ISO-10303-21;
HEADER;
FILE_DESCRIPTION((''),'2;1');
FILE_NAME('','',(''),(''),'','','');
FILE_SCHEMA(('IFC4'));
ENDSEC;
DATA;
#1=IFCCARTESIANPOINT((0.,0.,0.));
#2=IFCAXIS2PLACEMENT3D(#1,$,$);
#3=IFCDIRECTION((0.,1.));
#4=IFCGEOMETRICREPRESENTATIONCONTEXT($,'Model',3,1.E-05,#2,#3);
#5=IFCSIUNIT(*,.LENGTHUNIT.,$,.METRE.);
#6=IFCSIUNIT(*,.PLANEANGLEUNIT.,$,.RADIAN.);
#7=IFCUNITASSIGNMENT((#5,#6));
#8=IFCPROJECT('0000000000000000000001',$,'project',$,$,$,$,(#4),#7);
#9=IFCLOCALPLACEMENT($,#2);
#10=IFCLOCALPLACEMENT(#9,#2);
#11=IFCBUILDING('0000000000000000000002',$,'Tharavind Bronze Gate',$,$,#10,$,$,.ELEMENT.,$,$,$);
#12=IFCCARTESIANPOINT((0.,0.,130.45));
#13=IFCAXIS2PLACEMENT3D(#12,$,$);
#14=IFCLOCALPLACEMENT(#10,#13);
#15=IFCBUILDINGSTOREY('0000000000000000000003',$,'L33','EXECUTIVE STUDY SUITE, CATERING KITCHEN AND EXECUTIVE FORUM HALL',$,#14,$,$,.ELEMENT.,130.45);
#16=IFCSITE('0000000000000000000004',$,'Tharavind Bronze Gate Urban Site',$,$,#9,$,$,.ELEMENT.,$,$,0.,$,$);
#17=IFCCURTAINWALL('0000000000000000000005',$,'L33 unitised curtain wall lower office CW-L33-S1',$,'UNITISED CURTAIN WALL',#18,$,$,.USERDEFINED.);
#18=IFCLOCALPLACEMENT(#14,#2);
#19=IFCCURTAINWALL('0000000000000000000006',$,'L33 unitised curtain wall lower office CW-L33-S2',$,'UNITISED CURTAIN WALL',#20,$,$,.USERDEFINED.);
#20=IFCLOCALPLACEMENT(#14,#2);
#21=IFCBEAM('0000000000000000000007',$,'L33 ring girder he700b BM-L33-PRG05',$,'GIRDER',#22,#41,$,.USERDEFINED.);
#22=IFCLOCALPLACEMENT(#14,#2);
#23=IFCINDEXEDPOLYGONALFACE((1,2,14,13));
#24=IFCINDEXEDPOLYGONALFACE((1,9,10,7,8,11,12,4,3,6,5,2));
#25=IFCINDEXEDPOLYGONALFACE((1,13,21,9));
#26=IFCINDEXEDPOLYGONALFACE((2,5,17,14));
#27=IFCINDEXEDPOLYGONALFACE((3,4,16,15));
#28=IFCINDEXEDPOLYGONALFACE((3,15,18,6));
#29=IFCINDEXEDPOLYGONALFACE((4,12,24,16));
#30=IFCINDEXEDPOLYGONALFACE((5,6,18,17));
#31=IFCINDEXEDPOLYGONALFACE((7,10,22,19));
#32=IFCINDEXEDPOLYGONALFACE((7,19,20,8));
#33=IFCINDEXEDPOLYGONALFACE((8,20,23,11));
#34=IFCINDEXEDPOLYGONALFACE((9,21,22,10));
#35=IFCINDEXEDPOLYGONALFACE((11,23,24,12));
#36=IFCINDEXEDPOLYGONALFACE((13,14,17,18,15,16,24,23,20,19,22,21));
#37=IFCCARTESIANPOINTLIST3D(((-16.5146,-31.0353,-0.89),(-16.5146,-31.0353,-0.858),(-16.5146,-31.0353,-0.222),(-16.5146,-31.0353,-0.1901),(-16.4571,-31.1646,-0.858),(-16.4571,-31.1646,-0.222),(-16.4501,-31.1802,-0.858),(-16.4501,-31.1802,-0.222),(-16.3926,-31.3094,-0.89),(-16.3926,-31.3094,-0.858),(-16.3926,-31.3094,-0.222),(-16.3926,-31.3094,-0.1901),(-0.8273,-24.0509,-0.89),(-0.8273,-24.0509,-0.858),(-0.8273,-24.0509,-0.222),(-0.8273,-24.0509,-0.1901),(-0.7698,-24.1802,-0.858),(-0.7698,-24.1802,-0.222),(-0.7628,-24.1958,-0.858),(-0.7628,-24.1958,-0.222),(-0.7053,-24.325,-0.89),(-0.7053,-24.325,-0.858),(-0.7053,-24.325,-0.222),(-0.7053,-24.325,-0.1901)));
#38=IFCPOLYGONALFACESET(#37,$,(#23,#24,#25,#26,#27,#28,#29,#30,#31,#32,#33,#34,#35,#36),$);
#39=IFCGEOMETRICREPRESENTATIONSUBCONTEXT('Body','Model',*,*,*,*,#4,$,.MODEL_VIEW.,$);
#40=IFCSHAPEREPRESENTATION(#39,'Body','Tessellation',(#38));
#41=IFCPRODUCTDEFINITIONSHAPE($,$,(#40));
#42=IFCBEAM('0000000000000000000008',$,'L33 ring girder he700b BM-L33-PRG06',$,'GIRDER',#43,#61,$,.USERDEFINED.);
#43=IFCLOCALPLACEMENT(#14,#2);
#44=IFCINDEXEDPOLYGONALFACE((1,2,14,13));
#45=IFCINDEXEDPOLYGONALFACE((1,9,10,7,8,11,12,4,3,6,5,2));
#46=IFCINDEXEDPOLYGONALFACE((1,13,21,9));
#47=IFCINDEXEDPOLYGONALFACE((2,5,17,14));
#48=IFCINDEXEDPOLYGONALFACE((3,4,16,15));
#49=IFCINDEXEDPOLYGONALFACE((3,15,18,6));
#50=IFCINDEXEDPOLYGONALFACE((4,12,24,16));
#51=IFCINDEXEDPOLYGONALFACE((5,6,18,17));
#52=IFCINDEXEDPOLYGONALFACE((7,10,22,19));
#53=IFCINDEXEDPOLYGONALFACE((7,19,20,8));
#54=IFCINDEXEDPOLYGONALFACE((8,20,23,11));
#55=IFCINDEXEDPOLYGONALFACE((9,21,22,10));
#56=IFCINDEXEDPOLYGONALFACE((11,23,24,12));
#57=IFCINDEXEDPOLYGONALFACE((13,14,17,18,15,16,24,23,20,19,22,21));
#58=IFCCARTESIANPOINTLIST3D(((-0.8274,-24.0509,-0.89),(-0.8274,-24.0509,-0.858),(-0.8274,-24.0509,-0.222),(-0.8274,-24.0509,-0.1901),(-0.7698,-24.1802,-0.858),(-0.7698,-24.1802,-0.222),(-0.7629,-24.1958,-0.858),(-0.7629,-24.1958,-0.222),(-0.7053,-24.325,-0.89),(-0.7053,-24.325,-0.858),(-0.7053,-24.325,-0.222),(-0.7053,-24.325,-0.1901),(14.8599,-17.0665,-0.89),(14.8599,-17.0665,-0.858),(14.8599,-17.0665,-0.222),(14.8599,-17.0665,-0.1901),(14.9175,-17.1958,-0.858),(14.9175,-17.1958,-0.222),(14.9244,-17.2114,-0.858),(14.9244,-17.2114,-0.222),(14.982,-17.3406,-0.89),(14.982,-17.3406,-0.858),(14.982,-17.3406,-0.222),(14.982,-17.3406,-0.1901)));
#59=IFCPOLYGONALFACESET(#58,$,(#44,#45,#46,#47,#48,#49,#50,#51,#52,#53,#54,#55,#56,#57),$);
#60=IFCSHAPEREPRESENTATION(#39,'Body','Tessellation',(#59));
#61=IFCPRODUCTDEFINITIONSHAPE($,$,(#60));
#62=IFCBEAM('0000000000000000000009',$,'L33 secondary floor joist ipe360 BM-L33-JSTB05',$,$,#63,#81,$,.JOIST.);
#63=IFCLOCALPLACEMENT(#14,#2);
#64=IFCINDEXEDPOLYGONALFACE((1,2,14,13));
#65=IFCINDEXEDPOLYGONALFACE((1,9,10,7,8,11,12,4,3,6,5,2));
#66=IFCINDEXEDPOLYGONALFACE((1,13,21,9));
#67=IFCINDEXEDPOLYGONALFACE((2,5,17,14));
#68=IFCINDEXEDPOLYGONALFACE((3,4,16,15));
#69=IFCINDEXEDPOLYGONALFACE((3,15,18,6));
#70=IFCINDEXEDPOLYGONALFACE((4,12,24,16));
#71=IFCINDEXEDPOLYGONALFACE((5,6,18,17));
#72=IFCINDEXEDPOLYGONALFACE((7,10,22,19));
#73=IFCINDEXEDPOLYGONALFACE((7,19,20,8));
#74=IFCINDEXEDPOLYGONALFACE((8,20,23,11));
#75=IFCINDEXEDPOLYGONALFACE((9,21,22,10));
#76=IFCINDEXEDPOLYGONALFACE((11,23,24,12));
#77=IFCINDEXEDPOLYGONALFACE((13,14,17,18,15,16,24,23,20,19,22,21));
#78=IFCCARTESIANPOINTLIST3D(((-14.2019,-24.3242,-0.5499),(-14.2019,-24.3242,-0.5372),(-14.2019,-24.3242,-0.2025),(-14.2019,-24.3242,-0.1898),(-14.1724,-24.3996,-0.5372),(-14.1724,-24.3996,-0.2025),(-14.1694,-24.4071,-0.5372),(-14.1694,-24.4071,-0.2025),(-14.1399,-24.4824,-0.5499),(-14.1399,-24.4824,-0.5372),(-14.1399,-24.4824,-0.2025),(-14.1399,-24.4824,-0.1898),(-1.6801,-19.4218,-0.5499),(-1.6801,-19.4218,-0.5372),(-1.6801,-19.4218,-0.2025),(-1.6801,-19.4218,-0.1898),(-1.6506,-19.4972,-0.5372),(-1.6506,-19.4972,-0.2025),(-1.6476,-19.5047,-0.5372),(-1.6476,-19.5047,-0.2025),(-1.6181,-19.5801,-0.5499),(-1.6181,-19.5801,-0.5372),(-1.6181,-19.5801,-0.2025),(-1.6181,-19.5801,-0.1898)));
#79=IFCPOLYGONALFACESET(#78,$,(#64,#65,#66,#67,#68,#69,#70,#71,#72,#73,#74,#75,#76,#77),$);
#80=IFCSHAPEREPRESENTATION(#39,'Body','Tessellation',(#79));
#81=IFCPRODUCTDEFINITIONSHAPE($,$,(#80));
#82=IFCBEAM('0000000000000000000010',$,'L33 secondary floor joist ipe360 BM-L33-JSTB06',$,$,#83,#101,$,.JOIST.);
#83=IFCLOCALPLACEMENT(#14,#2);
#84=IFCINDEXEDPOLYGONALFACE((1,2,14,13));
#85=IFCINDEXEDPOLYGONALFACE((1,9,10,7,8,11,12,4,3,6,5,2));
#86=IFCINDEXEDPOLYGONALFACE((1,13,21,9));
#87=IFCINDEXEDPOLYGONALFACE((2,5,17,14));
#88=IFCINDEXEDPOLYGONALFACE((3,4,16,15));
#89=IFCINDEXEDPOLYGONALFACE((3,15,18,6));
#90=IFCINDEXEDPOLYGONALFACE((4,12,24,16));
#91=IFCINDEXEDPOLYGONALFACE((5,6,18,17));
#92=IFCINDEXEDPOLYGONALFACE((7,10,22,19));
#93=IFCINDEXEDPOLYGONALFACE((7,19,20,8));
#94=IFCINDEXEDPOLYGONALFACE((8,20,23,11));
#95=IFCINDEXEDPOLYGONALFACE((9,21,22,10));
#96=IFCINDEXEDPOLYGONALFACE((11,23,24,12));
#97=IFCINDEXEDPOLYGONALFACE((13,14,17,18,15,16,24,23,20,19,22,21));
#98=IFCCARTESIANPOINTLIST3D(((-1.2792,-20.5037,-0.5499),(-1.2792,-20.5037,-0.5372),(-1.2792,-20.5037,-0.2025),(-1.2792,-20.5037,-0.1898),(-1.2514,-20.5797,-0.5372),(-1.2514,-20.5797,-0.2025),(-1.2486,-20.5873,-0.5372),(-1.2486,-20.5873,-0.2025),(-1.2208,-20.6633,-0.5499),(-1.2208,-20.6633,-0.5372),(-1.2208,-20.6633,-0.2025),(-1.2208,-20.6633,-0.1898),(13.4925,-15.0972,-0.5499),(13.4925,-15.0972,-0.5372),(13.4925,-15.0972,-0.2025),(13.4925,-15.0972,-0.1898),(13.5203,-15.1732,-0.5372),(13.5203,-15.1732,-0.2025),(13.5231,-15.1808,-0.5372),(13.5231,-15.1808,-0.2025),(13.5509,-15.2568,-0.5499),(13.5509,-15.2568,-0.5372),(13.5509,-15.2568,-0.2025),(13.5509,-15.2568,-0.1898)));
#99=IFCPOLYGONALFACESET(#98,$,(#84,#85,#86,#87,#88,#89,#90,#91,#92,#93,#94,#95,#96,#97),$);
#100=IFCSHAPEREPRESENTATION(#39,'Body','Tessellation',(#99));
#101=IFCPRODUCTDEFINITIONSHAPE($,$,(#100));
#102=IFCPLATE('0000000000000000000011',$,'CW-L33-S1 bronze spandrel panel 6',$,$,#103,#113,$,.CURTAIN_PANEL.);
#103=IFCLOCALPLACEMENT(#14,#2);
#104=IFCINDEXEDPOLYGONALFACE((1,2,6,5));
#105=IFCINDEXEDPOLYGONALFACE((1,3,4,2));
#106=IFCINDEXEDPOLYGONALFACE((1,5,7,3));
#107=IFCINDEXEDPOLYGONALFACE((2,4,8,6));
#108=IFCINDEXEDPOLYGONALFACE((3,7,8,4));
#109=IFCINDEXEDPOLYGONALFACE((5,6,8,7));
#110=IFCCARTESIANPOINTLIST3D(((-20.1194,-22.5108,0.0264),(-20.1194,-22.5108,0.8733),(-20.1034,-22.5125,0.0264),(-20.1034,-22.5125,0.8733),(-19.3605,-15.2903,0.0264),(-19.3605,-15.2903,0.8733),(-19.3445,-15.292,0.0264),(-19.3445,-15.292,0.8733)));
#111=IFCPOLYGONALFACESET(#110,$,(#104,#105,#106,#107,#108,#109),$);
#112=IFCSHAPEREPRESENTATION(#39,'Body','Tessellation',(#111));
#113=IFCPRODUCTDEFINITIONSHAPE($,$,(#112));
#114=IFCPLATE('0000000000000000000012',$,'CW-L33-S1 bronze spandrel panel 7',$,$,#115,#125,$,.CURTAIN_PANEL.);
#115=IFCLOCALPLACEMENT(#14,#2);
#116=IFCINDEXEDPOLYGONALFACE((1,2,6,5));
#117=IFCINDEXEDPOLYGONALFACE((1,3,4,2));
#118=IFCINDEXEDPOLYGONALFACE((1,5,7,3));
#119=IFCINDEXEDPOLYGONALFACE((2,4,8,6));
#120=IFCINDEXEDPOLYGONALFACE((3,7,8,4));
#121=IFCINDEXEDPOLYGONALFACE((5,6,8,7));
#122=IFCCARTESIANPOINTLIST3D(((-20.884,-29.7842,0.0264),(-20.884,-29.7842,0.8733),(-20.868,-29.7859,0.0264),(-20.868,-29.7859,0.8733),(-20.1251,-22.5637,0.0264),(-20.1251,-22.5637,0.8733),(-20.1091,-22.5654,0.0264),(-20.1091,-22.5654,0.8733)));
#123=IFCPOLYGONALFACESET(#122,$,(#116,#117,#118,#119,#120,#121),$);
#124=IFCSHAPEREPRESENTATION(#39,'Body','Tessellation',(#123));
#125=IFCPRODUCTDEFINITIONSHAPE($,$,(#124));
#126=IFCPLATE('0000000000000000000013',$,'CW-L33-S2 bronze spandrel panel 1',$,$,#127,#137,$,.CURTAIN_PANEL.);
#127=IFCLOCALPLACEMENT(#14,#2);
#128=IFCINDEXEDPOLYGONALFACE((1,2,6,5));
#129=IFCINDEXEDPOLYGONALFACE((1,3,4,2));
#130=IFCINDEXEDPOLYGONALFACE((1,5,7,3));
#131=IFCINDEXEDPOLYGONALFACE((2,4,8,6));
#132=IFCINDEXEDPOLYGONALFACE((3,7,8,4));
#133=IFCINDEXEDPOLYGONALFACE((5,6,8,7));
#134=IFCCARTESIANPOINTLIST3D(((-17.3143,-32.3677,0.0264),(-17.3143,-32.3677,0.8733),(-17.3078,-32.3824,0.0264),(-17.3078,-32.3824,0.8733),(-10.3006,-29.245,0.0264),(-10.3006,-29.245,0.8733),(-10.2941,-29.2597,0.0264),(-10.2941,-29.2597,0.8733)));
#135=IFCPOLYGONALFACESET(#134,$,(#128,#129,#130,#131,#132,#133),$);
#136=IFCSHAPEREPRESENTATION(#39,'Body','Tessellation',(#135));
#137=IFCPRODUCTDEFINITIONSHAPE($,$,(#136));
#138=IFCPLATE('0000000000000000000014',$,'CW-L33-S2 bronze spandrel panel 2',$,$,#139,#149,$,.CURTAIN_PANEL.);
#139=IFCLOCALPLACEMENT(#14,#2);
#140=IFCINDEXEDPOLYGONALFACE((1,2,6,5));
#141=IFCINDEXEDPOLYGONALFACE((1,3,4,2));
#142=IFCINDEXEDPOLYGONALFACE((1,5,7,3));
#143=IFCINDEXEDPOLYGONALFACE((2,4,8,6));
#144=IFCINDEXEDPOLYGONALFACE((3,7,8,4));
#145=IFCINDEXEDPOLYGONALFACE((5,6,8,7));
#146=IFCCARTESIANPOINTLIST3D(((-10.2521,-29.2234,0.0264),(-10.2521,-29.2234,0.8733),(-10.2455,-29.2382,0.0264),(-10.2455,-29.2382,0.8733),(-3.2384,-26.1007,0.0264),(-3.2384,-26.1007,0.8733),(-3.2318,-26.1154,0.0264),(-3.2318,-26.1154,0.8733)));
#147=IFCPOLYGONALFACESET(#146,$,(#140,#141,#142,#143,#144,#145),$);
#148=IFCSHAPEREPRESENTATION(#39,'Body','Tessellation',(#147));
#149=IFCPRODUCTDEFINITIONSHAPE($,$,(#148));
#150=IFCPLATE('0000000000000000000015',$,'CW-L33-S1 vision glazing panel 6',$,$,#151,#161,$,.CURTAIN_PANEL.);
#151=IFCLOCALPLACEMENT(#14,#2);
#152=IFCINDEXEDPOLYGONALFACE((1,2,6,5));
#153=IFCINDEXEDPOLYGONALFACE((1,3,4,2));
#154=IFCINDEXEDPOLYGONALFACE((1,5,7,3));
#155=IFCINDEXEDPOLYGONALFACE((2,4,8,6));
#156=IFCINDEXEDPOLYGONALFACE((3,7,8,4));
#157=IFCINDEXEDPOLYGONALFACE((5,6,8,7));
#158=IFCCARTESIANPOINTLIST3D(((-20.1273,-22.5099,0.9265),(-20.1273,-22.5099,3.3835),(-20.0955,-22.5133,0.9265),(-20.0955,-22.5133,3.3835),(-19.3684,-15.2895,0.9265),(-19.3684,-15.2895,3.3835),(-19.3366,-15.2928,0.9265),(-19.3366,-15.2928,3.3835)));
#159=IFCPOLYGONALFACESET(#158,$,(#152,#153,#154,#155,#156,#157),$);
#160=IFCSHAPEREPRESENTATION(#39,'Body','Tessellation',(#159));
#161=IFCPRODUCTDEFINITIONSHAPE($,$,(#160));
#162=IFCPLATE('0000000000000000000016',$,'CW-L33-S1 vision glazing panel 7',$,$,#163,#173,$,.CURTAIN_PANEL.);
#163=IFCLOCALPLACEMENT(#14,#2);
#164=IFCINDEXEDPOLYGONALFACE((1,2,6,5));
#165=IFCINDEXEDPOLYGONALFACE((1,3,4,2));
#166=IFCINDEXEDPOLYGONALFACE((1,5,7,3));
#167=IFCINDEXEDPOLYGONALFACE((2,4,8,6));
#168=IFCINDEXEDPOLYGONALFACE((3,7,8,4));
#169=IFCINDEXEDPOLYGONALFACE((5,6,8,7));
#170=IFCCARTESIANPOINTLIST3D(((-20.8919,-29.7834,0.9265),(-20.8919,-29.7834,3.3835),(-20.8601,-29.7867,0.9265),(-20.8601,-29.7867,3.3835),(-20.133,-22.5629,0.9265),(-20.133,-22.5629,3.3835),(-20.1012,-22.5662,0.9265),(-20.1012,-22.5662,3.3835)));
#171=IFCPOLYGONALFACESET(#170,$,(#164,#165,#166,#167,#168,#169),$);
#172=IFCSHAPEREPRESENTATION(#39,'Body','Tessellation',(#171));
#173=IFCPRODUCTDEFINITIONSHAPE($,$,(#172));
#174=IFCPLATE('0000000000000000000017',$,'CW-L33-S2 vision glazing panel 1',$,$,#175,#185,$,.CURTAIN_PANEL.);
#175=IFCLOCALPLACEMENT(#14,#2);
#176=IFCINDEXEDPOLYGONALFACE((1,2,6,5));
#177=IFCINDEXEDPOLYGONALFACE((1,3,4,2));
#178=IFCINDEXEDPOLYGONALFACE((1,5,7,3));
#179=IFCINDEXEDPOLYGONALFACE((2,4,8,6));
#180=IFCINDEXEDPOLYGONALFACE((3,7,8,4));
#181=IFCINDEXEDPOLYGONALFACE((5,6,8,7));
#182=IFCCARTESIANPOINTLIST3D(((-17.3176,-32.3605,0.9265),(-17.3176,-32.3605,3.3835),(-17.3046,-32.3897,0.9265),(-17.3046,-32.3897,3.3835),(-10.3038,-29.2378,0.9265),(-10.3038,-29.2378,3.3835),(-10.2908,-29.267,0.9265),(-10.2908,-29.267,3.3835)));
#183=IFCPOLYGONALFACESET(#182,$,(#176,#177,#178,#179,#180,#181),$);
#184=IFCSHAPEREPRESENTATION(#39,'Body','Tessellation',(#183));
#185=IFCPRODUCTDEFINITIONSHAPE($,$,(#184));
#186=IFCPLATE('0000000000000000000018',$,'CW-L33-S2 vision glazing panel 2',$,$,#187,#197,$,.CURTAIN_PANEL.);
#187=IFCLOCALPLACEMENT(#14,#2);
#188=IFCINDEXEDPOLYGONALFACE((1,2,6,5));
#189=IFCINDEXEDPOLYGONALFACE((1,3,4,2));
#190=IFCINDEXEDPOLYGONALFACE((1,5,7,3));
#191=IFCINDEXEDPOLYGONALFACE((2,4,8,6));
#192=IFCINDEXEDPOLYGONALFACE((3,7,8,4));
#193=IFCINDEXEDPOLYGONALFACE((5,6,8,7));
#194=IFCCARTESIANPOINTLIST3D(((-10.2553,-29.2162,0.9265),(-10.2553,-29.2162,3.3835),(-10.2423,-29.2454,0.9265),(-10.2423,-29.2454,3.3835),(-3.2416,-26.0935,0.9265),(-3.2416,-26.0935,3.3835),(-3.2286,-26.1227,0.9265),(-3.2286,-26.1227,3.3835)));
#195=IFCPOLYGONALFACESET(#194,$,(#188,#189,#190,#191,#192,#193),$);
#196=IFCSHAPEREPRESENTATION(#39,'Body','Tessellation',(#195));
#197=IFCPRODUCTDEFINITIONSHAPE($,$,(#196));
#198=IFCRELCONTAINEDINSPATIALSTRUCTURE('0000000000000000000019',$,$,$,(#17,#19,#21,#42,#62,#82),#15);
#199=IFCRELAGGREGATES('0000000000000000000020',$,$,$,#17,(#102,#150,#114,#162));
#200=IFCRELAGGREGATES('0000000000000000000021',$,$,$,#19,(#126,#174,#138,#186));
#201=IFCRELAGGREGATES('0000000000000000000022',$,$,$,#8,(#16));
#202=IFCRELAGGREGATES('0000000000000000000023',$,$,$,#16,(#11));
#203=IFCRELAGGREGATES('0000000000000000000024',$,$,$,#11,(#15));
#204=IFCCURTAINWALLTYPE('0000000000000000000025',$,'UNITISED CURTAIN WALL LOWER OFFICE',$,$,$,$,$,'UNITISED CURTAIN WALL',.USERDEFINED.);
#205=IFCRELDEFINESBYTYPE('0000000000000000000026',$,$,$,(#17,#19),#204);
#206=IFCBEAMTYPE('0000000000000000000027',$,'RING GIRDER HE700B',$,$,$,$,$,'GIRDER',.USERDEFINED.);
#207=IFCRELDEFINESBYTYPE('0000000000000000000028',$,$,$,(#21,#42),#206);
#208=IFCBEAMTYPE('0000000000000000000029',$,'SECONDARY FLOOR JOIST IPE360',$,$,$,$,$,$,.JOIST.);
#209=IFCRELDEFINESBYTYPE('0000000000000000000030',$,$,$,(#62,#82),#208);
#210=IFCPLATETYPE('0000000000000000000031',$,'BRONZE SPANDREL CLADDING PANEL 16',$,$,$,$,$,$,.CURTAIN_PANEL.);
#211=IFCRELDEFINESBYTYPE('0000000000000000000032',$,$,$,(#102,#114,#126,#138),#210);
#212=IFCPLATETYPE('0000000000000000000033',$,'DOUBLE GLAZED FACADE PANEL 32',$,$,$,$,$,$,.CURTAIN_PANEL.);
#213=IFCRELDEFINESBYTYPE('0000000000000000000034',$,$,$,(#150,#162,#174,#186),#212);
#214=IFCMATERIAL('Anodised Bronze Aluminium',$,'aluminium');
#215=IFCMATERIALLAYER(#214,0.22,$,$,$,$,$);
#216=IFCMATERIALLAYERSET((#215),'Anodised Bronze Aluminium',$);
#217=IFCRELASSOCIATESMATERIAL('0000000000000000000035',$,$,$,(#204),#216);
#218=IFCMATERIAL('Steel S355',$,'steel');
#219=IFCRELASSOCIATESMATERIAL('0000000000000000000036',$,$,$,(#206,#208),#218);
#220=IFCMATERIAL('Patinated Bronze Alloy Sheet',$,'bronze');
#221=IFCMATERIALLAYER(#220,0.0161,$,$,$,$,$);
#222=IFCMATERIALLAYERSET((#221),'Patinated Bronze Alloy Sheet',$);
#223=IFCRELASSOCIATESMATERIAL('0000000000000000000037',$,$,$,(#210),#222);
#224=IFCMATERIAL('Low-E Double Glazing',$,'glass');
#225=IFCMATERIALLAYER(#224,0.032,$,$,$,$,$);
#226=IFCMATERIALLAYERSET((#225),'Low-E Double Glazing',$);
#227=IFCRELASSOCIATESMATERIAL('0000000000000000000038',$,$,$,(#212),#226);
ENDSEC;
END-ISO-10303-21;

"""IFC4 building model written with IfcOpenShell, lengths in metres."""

from ifc_helpers import new_model, si_unit, direction, frame, origin, origin_2d, place, context, subcontext, project, spatial, rectangle, i_section, extrude, material, layer, layer_set, material_profile, profile_set, type_object, element, aggregate, save


model = new_model("IFC4")

# Units and contexts
model_context = context("Model", 3, precision=1e-05, world=origin(), true_north=direction((0.0, 1.0)))
body_context = subcontext(model_context, "Body", "Model", "MODEL_VIEW")
ifc_project = project(units=[si_unit("LENGTHUNIT", "METRE"), si_unit("PLANEANGLEUNIT", "RADIAN")], contexts=[model_context])

# Site, building, storey
site_placement = place(None, origin())
site = spatial("IfcSite", under=ifc_project, at=site_placement, Name="Tharavind Bronze Gate Urban Site", CompositionType="ELEMENT", RefElevation=0.0)
building_placement = place(site_placement, origin())
building = spatial("IfcBuilding", under=site, at=building_placement, Name="Tharavind Bronze Gate", CompositionType="ELEMENT")
storey_placement = place(building_placement, frame((0.0, 0.0, 130.45)))
storey = spatial("IfcBuildingStorey", under=building, at=storey_placement, Name="L33", Description="EXECUTIVE STUDY SUITE, CATERING KITCHEN AND EXECUTIVE FORUM HALL", CompositionType="ELEMENT", Elevation=130.45)

# Curtain walls
ifc_material_1 = material(Name="Anodised Bronze Aluminium", Category="aluminium")
ifc_layer_1 = layer(ifc_material_1, 0.22)
ifc_layer_set_1 = layer_set([ifc_layer_1], Name="Anodised Bronze Aluminium")
curtain_wall_type = type_object("IfcCurtainWallType", Name="UNITISED CURTAIN WALL LOWER OFFICE", ElementType="UNITISED CURTAIN WALL", PredefinedType="USERDEFINED", material=ifc_layer_set_1)
curtain_wall_1_placement = place(storey_placement, origin())
curtain_wall_1 = element("IfcCurtainWall", 1, at=curtain_wall_1_placement, inside=storey, type_object=curtain_wall_type, Name="L33 unitised curtain wall lower office CW-L33-S1", ObjectType="UNITISED CURTAIN WALL", PredefinedType="USERDEFINED")
curtain_wall_2_placement = place(storey_placement, origin())
curtain_wall_2 = element("IfcCurtainWall", 2, at=curtain_wall_2_placement, inside=storey, type_object=curtain_wall_type, Name="L33 unitised curtain wall lower office CW-L33-S2", ObjectType="UNITISED CURTAIN WALL", PredefinedType="USERDEFINED")

# Beams
ifc_material_2 = material(Name="Steel S355", Category="steel")
ifc_material_profile_1 = material_profile(ifc_material_2, i_section(OverallWidth=0.3, OverallDepth=0.7, WebThickness=0.0171, FlangeThickness=0.032, at=origin_2d()), Name="HE700B")
ifc_profile_set_1 = profile_set([ifc_material_profile_1], Name="Steel S355")
beam_type_1 = type_object("IfcBeamType", Name="RING GIRDER HE700B", ElementType="GIRDER", PredefinedType="USERDEFINED", material=ifc_profile_set_1)
for number, where, z_axis, x_axis, name in (
    (3, (-16.4536, -31.1724, -0.54), (0.913546, 0.406735, 0.0), (-0.406735, 0.913546, 0.0), "L33 ring girder he700b BM-L33-PRG05"),
    (4, (-0.7664, -24.188, -0.54), (0.913546, 0.406735, 0.0), (-0.406735, 0.913546, 0.0), "L33 ring girder he700b BM-L33-PRG06"),
):
    element("IfcBeam", number, at=place(storey_placement, frame(where, z_axis=z_axis, x_axis=x_axis)), inside=storey, type_object=beam_type_1, Name=name, ObjectType="GIRDER", PredefinedType="USERDEFINED", context=body_context, shape_type="SweptSolid", body=[
        extrude(i_section(OverallWidth=0.3, OverallDepth=0.7, WebThickness=0.0171, FlangeThickness=0.032, at=origin_2d()), origin(), (0.0, 0.0, 1.0), 17.1719),
    ])
ifc_material_profile_2 = material_profile(ifc_material_2, i_section(OverallWidth=0.1699, OverallDepth=0.3601, WebThickness=0.0081, FlangeThickness=0.0127, at=origin_2d()), Name="IPE360")
ifc_profile_set_2 = profile_set([ifc_material_profile_2], Name="Steel S355")
beam_type_2 = type_object("IfcBeamType", Name="SECONDARY FLOOR JOIST IPE360", PredefinedType="JOIST", material=ifc_profile_set_2)
beam_1_placement = place(storey_placement, frame((-14.1709, -24.4033, -0.3699), z_axis=(0.931179, 0.364563, 0.0), x_axis=(-0.364563, 0.931179, 0.0)))
element("IfcBeam", 5, at=beam_1_placement, inside=storey, type_object=beam_type_2, Name="L33 secondary floor joist ipe360 BM-L33-JSTB05", PredefinedType="JOIST", context=body_context, shape_type="SweptSolid", body=[
    extrude(i_section(OverallWidth=0.1699, OverallDepth=0.3601, WebThickness=0.0081, FlangeThickness=0.0127, at=origin_2d()), origin(), (0.0, 0.0, 1.0), 13.4473),
])
beam_2_placement = place(storey_placement, frame((-1.25, -20.5835, -0.3699), z_axis=(0.939078, 0.343705, 0.0), x_axis=(-0.343705, 0.939078, 0.0)))
element("IfcBeam", 6, at=beam_2_placement, inside=storey, type_object=beam_type_2, Name="L33 secondary floor joist ipe360 BM-L33-JSTB06", PredefinedType="JOIST", context=body_context, shape_type="SweptSolid", body=[
    extrude(i_section(OverallWidth=0.1699, OverallDepth=0.3601, WebThickness=0.0081, FlangeThickness=0.0127, at=origin_2d()), origin(), (0.0, 0.0, 1.0), 15.73),
])

# Plates
ifc_material_3 = material(Name="Patinated Bronze Alloy Sheet", Category="bronze")
ifc_layer_2 = layer(ifc_material_3, 0.0161)
ifc_layer_set_2 = layer_set([ifc_layer_2], Name="Patinated Bronze Alloy Sheet")
plate_type_1 = type_object("IfcPlateType", Name="BRONZE SPANDREL CLADDING PANEL 16", PredefinedType="CURTAIN_PANEL", material=ifc_layer_set_2)
plate_1_placement = place(storey_placement, frame((-19.7319, -18.9014, 0.0264), z_axis=(0.0, 0.0, 1.0), x_axis=(-0.104527, -0.994522, 0.0)))
plate_1 = element("IfcPlate", 7, at=plate_1_placement, type_object=plate_type_1, Name="CW-L33-S1 bronze spandrel panel 6", PredefinedType="CURTAIN_PANEL", context=body_context, shape_type="SweptSolid", body=[
    extrude(rectangle(XDim=7.2603, YDim=0.0161, at=origin_2d()), origin(), (0.0, 0.0, 1.0), 0.8469),
])
plate_2_placement = place(storey_placement, frame((-20.4966, -26.1748, 0.0264), z_axis=(0.0, 0.0, 1.0), x_axis=(-0.104527, -0.994522, 0.0)))
plate_2 = element("IfcPlate", 8, at=plate_2_placement, type_object=plate_type_1, Name="CW-L33-S1 bronze spandrel panel 7", PredefinedType="CURTAIN_PANEL", context=body_context, shape_type="SweptSolid", body=[
    extrude(rectangle(XDim=7.2603, YDim=0.0161, at=origin_2d()), origin(), (0.0, 0.0, 1.0), 0.8469),
])
plate_3_placement = place(storey_placement, frame((-13.8042, -30.8137, 0.0264), z_axis=(0.0, 0.0, 1.0), x_axis=(0.913545, 0.406737, 0.0)))
plate_3 = element("IfcPlate", 9, at=plate_3_placement, type_object=plate_type_1, Name="CW-L33-S2 bronze spandrel panel 1", PredefinedType="CURTAIN_PANEL", context=body_context, shape_type="SweptSolid", body=[
    extrude(rectangle(XDim=7.6775, YDim=0.0161, at=origin_2d()), origin(), (0.0, 0.0, 1.0), 0.8469),
])
plate_4_placement = place(storey_placement, frame((-6.7419, -27.6694, 0.0264), z_axis=(0.0, 0.0, 1.0), x_axis=(0.913545, 0.406737, 0.0)))
plate_4 = element("IfcPlate", 10, at=plate_4_placement, type_object=plate_type_1, Name="CW-L33-S2 bronze spandrel panel 2", PredefinedType="CURTAIN_PANEL", context=body_context, shape_type="SweptSolid", body=[
    extrude(rectangle(XDim=7.6775, YDim=0.0161, at=origin_2d()), origin(), (0.0, 0.0, 1.0), 0.8469),
])
ifc_material_4 = material(Name="Low-E Double Glazing", Category="glass")
ifc_layer_3 = layer(ifc_material_4, 0.032)
ifc_layer_set_3 = layer_set([ifc_layer_3], Name="Low-E Double Glazing")
plate_type_2 = type_object("IfcPlateType", Name="DOUBLE GLAZED FACADE PANEL 32", PredefinedType="CURTAIN_PANEL", material=ifc_layer_set_3)
plate_5_placement = place(storey_placement, frame((-19.7319, -18.9014, 0.9265), z_axis=(0.0, 0.0, 1.0), x_axis=(-0.104527, -0.994522, 0.0)))
plate_5 = element("IfcPlate", 11, at=plate_5_placement, type_object=plate_type_2, Name="CW-L33-S1 vision glazing panel 6", PredefinedType="CURTAIN_PANEL", context=body_context, shape_type="SweptSolid", body=[
    extrude(rectangle(XDim=7.2603, YDim=0.032, at=origin_2d()), origin(), (0.0, 0.0, 1.0), 2.457),
])
plate_6_placement = place(storey_placement, frame((-20.4966, -26.1748, 0.9265), z_axis=(0.0, 0.0, 1.0), x_axis=(-0.104527, -0.994522, 0.0)))
plate_6 = element("IfcPlate", 12, at=plate_6_placement, type_object=plate_type_2, Name="CW-L33-S1 vision glazing panel 7", PredefinedType="CURTAIN_PANEL", context=body_context, shape_type="SweptSolid", body=[
    extrude(rectangle(XDim=7.2603, YDim=0.032, at=origin_2d()), origin(), (0.0, 0.0, 1.0), 2.457),
])
aggregate(curtain_wall_1, [plate_1, plate_5, plate_2, plate_6])
plate_7_placement = place(storey_placement, frame((-13.8042, -30.8137, 0.9265), z_axis=(0.0, 0.0, 1.0), x_axis=(0.913545, 0.406737, 0.0)))
plate_7 = element("IfcPlate", 13, at=plate_7_placement, type_object=plate_type_2, Name="CW-L33-S2 vision glazing panel 1", PredefinedType="CURTAIN_PANEL", context=body_context, shape_type="SweptSolid", body=[
    extrude(rectangle(XDim=7.6775, YDim=0.032, at=origin_2d()), origin(), (0.0, 0.0, 1.0), 2.457),
])
plate_8_placement = place(storey_placement, frame((-6.7419, -27.6694, 0.9265), z_axis=(0.0, 0.0, 1.0), x_axis=(0.913545, 0.406737, 0.0)))
plate_8 = element("IfcPlate", 14, at=plate_8_placement, type_object=plate_type_2, Name="CW-L33-S2 vision glazing panel 2", PredefinedType="CURTAIN_PANEL", context=body_context, shape_type="SweptSolid", body=[
    extrude(rectangle(XDim=7.6775, YDim=0.032, at=origin_2d()), origin(), (0.0, 0.0, 1.0), 2.457),
])
aggregate(curtain_wall_2, [plate_3, plate_7, plate_4, plate_8])

save(model, "model.ifc")
